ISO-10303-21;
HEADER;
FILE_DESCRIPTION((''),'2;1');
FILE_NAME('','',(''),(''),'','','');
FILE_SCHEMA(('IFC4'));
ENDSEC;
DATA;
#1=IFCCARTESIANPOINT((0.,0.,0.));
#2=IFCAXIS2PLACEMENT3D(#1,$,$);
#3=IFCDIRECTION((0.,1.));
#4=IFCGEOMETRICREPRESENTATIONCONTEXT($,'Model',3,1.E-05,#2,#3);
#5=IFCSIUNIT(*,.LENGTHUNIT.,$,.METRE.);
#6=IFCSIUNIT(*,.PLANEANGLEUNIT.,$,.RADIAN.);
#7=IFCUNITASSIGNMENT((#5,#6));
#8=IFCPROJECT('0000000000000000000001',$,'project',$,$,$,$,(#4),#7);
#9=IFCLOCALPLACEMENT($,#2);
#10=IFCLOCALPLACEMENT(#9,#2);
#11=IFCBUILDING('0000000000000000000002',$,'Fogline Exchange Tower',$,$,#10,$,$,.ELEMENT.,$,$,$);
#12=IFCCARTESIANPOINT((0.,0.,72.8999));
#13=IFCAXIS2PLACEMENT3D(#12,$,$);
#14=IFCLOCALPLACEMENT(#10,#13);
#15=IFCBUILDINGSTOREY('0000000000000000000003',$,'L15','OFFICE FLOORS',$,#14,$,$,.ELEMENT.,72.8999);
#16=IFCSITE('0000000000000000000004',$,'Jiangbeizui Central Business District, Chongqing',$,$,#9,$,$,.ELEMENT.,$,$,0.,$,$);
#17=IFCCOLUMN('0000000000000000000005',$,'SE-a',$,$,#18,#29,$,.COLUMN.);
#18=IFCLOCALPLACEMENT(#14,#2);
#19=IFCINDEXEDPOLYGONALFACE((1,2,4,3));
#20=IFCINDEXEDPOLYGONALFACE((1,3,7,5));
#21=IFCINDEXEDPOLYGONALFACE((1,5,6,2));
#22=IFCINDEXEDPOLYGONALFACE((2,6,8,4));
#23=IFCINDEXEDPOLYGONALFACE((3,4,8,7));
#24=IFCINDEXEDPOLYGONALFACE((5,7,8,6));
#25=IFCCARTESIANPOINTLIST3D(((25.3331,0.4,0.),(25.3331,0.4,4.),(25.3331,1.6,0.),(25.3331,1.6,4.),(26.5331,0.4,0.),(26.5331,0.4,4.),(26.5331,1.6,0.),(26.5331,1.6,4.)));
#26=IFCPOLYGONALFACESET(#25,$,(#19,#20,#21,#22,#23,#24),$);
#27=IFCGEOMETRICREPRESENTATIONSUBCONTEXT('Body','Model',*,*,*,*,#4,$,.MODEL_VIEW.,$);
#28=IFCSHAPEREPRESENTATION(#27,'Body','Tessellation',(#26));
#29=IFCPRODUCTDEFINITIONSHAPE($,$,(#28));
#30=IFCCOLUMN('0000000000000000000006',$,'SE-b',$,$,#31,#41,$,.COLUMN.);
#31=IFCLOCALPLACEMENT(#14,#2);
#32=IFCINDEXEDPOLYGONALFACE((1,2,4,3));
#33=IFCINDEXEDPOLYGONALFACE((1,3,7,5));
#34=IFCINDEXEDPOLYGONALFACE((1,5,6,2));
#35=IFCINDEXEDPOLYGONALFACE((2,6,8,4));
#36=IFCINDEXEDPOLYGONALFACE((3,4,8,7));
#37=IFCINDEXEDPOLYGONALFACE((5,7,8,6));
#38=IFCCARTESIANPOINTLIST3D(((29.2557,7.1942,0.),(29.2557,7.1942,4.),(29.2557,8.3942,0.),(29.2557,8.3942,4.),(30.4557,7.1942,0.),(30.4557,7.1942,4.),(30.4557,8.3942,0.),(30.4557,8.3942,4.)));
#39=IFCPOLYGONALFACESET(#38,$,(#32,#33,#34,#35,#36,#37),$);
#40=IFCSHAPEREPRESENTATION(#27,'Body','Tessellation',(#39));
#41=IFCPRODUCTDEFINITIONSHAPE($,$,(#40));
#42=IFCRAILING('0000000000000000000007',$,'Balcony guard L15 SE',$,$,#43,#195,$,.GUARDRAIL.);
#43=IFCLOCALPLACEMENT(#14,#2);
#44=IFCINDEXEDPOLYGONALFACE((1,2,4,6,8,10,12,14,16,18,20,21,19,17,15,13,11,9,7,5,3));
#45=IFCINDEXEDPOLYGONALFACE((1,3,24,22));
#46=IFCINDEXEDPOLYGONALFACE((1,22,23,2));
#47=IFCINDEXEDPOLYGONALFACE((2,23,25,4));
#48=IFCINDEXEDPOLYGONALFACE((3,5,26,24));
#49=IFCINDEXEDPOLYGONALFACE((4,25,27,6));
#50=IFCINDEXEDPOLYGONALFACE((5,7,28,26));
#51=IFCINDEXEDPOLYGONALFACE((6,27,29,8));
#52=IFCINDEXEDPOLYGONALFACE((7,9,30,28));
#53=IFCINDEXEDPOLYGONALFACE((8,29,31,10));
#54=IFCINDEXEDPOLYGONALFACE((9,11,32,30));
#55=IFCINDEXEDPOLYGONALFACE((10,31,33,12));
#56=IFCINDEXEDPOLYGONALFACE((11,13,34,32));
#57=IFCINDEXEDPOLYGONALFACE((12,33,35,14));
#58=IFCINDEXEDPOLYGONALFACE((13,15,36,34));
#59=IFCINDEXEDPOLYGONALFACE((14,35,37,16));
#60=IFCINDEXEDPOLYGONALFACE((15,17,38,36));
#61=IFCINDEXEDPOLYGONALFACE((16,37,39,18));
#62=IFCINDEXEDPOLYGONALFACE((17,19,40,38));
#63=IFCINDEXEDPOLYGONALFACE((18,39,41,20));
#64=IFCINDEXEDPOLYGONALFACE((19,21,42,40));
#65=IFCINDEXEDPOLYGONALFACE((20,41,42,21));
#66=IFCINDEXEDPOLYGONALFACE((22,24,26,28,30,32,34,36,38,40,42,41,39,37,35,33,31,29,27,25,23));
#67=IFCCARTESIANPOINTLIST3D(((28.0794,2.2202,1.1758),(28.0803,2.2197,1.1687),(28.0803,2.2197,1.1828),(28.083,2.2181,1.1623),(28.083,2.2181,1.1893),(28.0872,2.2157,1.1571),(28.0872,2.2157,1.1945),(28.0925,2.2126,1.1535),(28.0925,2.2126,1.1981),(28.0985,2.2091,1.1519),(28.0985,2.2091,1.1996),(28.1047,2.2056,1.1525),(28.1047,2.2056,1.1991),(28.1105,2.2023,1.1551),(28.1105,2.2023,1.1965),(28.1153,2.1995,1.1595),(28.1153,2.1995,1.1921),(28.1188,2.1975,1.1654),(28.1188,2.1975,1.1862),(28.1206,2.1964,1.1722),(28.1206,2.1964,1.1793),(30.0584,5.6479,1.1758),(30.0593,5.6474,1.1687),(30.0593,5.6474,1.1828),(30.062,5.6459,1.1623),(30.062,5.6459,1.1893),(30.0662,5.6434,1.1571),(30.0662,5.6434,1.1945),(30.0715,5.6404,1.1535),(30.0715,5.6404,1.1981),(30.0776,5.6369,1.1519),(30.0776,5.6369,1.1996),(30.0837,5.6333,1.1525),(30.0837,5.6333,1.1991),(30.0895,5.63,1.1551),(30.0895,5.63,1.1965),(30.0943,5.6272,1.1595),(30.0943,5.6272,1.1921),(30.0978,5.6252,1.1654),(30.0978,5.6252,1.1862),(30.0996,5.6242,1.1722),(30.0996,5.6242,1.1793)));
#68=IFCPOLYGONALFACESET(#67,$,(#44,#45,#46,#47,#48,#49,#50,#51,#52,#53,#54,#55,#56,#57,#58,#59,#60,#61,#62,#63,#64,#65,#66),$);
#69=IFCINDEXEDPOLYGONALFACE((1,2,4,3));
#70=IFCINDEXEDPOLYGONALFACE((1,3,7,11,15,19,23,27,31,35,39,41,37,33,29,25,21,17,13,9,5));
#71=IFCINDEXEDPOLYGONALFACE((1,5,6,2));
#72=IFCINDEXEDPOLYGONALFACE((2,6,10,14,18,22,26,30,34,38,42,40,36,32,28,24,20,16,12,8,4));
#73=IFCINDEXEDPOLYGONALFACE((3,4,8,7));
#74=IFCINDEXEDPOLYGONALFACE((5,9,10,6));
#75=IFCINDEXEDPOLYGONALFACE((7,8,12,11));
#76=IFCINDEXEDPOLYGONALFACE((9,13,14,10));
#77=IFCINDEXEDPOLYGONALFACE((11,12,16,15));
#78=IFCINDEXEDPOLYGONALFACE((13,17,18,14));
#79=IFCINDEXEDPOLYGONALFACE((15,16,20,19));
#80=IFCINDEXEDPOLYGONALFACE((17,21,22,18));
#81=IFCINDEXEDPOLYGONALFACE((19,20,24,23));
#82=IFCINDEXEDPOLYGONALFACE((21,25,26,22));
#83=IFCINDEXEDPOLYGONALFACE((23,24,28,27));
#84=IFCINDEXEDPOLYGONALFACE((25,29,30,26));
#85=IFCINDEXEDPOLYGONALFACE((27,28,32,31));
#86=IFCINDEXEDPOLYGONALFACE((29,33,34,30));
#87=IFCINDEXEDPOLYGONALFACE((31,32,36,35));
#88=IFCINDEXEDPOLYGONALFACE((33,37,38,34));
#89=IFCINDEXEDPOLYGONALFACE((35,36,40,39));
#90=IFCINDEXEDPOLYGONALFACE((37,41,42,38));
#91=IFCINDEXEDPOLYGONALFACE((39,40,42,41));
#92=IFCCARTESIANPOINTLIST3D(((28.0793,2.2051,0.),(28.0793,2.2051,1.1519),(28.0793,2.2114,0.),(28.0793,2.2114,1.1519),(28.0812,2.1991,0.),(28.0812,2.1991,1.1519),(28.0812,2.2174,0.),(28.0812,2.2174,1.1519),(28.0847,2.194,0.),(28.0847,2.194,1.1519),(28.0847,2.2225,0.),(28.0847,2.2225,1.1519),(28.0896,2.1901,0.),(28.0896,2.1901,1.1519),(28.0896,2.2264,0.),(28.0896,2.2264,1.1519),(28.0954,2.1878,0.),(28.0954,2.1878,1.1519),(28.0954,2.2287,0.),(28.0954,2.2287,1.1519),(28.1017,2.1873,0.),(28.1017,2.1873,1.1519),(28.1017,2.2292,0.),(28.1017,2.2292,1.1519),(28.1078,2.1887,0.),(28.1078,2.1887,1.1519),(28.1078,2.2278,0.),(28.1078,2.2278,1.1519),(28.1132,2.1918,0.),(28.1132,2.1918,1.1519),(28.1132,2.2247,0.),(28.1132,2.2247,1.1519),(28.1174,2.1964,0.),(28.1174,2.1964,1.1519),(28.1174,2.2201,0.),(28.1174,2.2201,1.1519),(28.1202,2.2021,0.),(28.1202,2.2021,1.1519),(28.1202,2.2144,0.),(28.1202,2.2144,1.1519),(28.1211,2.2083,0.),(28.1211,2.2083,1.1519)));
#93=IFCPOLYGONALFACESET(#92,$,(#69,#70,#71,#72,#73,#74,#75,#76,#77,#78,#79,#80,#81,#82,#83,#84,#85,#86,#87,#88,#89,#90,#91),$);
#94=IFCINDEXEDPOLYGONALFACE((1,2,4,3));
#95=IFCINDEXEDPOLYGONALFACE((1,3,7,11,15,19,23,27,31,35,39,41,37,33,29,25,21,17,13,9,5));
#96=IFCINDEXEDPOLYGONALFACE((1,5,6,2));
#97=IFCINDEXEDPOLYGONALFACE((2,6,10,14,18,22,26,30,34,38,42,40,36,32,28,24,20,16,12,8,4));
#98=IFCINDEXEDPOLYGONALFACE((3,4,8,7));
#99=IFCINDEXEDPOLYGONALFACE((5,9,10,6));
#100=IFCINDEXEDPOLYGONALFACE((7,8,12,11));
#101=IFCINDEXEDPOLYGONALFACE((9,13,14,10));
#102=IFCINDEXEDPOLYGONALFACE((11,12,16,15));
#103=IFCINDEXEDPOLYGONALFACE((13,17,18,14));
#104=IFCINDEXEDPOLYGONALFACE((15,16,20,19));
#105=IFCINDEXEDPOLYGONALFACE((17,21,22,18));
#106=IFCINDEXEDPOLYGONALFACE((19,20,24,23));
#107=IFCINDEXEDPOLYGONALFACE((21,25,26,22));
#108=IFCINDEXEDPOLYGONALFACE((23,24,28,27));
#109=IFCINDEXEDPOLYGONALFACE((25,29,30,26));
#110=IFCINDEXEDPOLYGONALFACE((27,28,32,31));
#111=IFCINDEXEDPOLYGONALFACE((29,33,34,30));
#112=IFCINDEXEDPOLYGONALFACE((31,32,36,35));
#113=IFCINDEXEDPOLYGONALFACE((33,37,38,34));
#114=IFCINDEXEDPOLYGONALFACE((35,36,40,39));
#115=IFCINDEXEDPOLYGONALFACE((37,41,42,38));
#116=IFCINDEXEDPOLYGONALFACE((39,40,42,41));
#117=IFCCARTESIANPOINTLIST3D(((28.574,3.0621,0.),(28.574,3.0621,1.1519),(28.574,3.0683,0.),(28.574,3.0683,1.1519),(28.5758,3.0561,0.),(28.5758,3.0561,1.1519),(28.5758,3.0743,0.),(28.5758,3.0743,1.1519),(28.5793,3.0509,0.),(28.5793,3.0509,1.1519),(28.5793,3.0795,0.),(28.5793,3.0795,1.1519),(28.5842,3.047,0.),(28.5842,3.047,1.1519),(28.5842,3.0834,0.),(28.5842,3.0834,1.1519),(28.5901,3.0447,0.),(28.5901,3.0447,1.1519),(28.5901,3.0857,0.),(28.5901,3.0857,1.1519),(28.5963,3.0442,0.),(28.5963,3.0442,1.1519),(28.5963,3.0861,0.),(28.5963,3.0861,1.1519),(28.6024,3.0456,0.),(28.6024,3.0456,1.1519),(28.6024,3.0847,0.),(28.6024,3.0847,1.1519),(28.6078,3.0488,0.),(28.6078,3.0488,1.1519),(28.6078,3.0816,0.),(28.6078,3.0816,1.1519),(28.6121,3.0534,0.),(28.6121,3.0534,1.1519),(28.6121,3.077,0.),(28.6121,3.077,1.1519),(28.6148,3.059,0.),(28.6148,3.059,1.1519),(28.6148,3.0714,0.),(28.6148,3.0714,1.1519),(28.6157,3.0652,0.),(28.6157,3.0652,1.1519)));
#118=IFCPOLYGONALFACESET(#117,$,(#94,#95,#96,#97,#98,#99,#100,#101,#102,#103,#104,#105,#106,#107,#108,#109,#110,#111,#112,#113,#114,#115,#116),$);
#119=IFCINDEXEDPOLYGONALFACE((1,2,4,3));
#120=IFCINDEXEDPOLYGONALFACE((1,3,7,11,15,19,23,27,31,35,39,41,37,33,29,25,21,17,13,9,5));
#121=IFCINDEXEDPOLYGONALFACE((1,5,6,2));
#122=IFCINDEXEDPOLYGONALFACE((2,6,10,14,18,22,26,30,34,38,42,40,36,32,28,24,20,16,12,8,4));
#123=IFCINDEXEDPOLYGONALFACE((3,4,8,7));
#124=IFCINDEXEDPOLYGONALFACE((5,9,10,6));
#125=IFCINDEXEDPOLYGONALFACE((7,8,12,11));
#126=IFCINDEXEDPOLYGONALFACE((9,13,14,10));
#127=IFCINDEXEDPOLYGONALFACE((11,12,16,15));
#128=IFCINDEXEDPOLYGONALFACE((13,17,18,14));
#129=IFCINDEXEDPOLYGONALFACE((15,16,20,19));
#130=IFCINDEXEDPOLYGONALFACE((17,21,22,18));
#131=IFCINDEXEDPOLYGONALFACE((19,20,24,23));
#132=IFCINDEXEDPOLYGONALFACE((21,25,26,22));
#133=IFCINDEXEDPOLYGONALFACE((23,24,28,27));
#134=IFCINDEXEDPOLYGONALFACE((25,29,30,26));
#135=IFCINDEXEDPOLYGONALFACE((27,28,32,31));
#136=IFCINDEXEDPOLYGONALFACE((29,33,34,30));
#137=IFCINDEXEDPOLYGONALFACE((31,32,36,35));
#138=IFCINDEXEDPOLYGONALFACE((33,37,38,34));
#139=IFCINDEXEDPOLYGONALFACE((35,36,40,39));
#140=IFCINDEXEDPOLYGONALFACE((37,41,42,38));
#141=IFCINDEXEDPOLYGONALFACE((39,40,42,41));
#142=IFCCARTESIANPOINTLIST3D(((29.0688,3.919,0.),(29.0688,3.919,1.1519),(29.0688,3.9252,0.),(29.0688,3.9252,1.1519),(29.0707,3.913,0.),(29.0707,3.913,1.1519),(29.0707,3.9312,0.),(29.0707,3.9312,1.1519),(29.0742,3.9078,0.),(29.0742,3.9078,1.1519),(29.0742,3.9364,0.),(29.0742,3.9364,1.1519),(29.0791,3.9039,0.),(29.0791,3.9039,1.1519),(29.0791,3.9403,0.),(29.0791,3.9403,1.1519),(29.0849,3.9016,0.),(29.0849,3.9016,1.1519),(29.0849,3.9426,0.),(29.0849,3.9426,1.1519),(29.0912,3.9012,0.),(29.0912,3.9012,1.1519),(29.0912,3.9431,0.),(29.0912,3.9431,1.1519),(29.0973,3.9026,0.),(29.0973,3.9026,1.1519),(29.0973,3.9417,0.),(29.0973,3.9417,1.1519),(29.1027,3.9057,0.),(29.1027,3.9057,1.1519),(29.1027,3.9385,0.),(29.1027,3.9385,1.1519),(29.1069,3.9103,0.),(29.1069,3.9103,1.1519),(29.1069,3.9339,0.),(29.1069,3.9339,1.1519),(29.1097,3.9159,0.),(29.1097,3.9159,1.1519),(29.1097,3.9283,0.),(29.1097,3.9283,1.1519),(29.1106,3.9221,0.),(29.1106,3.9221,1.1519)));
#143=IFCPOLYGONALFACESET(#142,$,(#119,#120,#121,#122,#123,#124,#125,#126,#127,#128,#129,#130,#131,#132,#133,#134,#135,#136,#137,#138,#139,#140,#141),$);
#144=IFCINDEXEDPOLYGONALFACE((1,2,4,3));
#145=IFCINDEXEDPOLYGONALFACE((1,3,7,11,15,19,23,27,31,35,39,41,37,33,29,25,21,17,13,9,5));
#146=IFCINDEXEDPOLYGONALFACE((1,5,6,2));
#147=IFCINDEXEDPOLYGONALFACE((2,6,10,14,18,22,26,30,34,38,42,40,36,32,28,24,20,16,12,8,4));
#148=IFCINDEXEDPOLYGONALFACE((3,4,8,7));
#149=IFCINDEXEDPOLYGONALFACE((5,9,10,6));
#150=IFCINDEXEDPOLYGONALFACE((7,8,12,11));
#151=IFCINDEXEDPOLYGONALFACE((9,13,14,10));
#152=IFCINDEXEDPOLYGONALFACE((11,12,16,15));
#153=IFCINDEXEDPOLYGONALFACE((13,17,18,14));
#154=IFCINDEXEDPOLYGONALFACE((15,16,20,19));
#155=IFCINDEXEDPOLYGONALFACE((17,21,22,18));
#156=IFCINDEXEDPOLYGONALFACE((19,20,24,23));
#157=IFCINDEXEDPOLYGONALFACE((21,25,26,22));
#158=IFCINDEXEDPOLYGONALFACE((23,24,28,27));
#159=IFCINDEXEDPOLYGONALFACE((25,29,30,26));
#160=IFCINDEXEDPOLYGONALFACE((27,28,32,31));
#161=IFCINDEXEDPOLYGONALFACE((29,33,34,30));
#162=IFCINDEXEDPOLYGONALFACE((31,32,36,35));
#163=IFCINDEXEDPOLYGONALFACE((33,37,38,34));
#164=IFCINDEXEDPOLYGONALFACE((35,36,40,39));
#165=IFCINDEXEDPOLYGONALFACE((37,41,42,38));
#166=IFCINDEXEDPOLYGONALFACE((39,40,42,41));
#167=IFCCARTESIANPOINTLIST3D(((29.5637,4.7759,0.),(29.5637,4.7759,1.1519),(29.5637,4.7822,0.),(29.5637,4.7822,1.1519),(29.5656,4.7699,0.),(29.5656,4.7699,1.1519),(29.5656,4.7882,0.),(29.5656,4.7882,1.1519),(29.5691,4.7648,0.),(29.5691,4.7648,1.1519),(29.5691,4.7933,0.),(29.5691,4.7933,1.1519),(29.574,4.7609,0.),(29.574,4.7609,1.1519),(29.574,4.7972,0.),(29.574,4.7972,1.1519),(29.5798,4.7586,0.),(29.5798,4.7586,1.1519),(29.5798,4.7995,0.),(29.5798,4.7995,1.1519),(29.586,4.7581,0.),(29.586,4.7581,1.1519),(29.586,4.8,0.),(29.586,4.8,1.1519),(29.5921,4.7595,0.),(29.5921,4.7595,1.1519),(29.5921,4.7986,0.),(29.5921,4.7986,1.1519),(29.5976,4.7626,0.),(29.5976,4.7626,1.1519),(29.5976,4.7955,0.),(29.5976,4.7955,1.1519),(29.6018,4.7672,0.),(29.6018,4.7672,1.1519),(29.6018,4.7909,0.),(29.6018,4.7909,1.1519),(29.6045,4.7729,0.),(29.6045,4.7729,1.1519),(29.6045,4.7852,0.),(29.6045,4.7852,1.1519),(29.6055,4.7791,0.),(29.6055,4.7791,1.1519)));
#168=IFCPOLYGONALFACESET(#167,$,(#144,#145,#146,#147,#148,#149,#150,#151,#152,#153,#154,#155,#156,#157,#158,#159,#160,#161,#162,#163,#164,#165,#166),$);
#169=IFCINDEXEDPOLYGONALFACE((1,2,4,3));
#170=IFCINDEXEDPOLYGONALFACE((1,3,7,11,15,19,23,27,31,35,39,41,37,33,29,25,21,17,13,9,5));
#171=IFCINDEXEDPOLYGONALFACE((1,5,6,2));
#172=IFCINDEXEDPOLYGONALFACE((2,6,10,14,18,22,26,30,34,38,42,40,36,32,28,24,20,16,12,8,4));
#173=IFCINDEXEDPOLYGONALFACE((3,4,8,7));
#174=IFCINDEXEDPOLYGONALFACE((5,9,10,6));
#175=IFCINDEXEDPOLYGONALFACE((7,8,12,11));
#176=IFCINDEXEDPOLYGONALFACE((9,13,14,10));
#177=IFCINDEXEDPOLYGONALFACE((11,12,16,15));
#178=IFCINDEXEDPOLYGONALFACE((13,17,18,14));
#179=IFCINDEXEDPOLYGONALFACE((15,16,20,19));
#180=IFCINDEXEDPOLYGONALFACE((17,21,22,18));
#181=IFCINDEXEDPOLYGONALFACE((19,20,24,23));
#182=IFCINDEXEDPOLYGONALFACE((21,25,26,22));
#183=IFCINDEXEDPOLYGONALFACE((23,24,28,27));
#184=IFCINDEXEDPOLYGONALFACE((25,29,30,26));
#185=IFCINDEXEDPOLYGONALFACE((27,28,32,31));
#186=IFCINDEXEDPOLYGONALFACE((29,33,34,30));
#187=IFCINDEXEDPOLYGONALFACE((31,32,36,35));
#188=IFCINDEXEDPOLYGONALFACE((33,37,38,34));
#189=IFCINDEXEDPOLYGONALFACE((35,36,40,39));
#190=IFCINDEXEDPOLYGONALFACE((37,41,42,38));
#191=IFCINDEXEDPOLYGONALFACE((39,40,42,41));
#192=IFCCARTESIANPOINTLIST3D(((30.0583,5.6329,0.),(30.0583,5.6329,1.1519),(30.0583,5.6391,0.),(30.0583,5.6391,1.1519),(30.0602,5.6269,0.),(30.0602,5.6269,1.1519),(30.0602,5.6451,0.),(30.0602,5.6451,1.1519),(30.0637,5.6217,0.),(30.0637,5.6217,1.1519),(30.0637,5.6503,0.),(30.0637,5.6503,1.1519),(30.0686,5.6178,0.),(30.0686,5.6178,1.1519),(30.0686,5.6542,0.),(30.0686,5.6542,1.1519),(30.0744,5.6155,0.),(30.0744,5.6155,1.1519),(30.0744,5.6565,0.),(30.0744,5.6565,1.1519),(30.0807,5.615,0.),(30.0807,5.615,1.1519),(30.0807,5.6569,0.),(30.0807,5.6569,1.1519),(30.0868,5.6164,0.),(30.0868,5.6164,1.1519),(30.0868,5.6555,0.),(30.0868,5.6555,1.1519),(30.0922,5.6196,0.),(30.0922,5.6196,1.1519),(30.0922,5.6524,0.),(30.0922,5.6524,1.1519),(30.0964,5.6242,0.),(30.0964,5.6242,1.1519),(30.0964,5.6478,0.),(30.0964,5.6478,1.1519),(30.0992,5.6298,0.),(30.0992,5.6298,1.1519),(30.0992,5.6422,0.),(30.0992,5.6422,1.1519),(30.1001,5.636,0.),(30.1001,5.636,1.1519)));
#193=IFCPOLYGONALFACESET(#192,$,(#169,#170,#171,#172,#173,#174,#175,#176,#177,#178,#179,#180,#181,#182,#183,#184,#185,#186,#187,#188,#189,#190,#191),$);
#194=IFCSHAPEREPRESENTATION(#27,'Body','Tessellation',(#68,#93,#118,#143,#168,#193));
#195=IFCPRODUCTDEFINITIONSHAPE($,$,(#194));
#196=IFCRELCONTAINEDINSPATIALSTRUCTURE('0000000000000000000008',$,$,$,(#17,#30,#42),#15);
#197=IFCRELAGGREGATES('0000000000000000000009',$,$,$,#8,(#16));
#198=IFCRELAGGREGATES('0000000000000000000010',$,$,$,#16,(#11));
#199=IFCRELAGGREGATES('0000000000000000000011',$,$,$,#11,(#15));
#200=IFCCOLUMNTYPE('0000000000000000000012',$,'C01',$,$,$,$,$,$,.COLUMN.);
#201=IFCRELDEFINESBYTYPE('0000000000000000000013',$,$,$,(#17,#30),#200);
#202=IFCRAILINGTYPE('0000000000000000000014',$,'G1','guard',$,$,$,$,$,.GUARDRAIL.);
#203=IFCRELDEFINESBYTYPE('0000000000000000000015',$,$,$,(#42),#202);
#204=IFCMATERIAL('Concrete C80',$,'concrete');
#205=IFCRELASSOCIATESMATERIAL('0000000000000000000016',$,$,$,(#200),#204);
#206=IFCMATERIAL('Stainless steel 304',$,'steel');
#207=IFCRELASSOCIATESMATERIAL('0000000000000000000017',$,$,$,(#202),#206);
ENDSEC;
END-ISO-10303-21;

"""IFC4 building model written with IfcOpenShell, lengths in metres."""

from ifc_helpers import new_model, si_unit, direction, frame, origin, origin_2d, place, context, subcontext, project, spatial, rectangle, circle, extrude, material, material_profile, profile_set, type_object, element, save


model = new_model("IFC4")

# Units and contexts
model_context = context("Model", 3, precision=1e-05, world=origin(), true_north=direction((0.0, 1.0)))
body_context = subcontext(model_context, "Body", "Model", "MODEL_VIEW")
ifc_project = project(units=[si_unit("LENGTHUNIT", "METRE"), si_unit("PLANEANGLEUNIT", "RADIAN")], contexts=[model_context])

# Site, building, storey
site_placement = place(None, origin())
site = spatial("IfcSite", under=ifc_project, at=site_placement, Name="Jiangbeizui Central Business District, Chongqing", CompositionType="ELEMENT", RefElevation=0.0)
building_placement = place(site_placement, origin())
building = spatial("IfcBuilding", under=site, at=building_placement, Name="Fogline Exchange Tower", CompositionType="ELEMENT")
storey_placement = place(building_placement, frame((0.0, 0.0, 72.8999)))
storey = spatial("IfcBuildingStorey", under=building, at=storey_placement, Name="L15", Description="OFFICE FLOORS", CompositionType="ELEMENT", Elevation=72.8999)

# Columns
ifc_material_1 = material(Name="Concrete C80", Category="concrete")
ifc_material_profile = material_profile(ifc_material_1, rectangle(XDim=1.2, YDim=1.2, at=origin_2d()), Name="RC 1200x1200")
ifc_profile_set = profile_set([ifc_material_profile], Name="Concrete C80")
column_type = type_object("IfcColumnType", Name="C01", PredefinedType="COLUMN", material=ifc_profile_set)
for number, where, z_axis, x_axis, name in (
    (1, (25.9331, 1.0, 0.0), (0.0, 0.0, 1.0), (1.0, 0.0, 0.0), "SE-a"),
    (2, (29.8557, 7.7942, 0.0), (0.0, 0.0, 1.0), (1.0, 0.0, 0.0), "SE-b"),
):
    element("IfcColumn", number, at=place(storey_placement, frame(where, z_axis=z_axis, x_axis=x_axis)), inside=storey, type_object=column_type, Name=name, PredefinedType="COLUMN", context=body_context, shape_type="SweptSolid", body=[
        extrude(rectangle(XDim=1.2, YDim=1.2, at=origin_2d()), origin(), (0.0, 0.0, 1.0), 4.0),
    ])

# Railing
ifc_material_2 = material(Name="Stainless steel 304", Category="steel")
railing_type = type_object("IfcRailingType", Name="G1", Description="guard", PredefinedType="GUARDRAIL", material=ifc_material_2)
railing_placement = place(storey_placement, frame((28.1001, 2.2083, 0.0)))
element("IfcRailing", 3, at=railing_placement, inside=storey, type_object=railing_type, Name="Balcony guard L15 SE", PredefinedType="GUARDRAIL", context=body_context, shape_type="SweptSolid", body=[
    extrude(circle(Radius=0.0239, at=origin_2d()), frame((0.0, 0.0, 1.1758), z_axis=(0.5, 0.866025, 0.0), x_axis=(-0.866025, 0.5, 0.0)), (0.0, 0.0, 1.0), 3.958),
    extrude(circle(Radius=0.021, at=origin_2d()), origin(), (0.0, 0.0, 1.0), 1.1519),
    extrude(circle(Radius=0.021, at=origin_2d()), frame((0.4946, 0.8569, 0.0)), (0.0, 0.0, 1.0), 1.1519),
    extrude(circle(Radius=0.021, at=origin_2d()), frame((0.9895, 1.7139, 0.0)), (0.0, 0.0, 1.0), 1.1519),
    extrude(circle(Radius=0.021, at=origin_2d()), frame((1.4844, 2.5708, 0.0)), (0.0, 0.0, 1.0), 1.1519),
    extrude(circle(Radius=0.021, at=origin_2d()), frame((1.979, 3.4277, 0.0)), (0.0, 0.0, 1.0), 1.1519),
])

save(model, "model.ifc")
